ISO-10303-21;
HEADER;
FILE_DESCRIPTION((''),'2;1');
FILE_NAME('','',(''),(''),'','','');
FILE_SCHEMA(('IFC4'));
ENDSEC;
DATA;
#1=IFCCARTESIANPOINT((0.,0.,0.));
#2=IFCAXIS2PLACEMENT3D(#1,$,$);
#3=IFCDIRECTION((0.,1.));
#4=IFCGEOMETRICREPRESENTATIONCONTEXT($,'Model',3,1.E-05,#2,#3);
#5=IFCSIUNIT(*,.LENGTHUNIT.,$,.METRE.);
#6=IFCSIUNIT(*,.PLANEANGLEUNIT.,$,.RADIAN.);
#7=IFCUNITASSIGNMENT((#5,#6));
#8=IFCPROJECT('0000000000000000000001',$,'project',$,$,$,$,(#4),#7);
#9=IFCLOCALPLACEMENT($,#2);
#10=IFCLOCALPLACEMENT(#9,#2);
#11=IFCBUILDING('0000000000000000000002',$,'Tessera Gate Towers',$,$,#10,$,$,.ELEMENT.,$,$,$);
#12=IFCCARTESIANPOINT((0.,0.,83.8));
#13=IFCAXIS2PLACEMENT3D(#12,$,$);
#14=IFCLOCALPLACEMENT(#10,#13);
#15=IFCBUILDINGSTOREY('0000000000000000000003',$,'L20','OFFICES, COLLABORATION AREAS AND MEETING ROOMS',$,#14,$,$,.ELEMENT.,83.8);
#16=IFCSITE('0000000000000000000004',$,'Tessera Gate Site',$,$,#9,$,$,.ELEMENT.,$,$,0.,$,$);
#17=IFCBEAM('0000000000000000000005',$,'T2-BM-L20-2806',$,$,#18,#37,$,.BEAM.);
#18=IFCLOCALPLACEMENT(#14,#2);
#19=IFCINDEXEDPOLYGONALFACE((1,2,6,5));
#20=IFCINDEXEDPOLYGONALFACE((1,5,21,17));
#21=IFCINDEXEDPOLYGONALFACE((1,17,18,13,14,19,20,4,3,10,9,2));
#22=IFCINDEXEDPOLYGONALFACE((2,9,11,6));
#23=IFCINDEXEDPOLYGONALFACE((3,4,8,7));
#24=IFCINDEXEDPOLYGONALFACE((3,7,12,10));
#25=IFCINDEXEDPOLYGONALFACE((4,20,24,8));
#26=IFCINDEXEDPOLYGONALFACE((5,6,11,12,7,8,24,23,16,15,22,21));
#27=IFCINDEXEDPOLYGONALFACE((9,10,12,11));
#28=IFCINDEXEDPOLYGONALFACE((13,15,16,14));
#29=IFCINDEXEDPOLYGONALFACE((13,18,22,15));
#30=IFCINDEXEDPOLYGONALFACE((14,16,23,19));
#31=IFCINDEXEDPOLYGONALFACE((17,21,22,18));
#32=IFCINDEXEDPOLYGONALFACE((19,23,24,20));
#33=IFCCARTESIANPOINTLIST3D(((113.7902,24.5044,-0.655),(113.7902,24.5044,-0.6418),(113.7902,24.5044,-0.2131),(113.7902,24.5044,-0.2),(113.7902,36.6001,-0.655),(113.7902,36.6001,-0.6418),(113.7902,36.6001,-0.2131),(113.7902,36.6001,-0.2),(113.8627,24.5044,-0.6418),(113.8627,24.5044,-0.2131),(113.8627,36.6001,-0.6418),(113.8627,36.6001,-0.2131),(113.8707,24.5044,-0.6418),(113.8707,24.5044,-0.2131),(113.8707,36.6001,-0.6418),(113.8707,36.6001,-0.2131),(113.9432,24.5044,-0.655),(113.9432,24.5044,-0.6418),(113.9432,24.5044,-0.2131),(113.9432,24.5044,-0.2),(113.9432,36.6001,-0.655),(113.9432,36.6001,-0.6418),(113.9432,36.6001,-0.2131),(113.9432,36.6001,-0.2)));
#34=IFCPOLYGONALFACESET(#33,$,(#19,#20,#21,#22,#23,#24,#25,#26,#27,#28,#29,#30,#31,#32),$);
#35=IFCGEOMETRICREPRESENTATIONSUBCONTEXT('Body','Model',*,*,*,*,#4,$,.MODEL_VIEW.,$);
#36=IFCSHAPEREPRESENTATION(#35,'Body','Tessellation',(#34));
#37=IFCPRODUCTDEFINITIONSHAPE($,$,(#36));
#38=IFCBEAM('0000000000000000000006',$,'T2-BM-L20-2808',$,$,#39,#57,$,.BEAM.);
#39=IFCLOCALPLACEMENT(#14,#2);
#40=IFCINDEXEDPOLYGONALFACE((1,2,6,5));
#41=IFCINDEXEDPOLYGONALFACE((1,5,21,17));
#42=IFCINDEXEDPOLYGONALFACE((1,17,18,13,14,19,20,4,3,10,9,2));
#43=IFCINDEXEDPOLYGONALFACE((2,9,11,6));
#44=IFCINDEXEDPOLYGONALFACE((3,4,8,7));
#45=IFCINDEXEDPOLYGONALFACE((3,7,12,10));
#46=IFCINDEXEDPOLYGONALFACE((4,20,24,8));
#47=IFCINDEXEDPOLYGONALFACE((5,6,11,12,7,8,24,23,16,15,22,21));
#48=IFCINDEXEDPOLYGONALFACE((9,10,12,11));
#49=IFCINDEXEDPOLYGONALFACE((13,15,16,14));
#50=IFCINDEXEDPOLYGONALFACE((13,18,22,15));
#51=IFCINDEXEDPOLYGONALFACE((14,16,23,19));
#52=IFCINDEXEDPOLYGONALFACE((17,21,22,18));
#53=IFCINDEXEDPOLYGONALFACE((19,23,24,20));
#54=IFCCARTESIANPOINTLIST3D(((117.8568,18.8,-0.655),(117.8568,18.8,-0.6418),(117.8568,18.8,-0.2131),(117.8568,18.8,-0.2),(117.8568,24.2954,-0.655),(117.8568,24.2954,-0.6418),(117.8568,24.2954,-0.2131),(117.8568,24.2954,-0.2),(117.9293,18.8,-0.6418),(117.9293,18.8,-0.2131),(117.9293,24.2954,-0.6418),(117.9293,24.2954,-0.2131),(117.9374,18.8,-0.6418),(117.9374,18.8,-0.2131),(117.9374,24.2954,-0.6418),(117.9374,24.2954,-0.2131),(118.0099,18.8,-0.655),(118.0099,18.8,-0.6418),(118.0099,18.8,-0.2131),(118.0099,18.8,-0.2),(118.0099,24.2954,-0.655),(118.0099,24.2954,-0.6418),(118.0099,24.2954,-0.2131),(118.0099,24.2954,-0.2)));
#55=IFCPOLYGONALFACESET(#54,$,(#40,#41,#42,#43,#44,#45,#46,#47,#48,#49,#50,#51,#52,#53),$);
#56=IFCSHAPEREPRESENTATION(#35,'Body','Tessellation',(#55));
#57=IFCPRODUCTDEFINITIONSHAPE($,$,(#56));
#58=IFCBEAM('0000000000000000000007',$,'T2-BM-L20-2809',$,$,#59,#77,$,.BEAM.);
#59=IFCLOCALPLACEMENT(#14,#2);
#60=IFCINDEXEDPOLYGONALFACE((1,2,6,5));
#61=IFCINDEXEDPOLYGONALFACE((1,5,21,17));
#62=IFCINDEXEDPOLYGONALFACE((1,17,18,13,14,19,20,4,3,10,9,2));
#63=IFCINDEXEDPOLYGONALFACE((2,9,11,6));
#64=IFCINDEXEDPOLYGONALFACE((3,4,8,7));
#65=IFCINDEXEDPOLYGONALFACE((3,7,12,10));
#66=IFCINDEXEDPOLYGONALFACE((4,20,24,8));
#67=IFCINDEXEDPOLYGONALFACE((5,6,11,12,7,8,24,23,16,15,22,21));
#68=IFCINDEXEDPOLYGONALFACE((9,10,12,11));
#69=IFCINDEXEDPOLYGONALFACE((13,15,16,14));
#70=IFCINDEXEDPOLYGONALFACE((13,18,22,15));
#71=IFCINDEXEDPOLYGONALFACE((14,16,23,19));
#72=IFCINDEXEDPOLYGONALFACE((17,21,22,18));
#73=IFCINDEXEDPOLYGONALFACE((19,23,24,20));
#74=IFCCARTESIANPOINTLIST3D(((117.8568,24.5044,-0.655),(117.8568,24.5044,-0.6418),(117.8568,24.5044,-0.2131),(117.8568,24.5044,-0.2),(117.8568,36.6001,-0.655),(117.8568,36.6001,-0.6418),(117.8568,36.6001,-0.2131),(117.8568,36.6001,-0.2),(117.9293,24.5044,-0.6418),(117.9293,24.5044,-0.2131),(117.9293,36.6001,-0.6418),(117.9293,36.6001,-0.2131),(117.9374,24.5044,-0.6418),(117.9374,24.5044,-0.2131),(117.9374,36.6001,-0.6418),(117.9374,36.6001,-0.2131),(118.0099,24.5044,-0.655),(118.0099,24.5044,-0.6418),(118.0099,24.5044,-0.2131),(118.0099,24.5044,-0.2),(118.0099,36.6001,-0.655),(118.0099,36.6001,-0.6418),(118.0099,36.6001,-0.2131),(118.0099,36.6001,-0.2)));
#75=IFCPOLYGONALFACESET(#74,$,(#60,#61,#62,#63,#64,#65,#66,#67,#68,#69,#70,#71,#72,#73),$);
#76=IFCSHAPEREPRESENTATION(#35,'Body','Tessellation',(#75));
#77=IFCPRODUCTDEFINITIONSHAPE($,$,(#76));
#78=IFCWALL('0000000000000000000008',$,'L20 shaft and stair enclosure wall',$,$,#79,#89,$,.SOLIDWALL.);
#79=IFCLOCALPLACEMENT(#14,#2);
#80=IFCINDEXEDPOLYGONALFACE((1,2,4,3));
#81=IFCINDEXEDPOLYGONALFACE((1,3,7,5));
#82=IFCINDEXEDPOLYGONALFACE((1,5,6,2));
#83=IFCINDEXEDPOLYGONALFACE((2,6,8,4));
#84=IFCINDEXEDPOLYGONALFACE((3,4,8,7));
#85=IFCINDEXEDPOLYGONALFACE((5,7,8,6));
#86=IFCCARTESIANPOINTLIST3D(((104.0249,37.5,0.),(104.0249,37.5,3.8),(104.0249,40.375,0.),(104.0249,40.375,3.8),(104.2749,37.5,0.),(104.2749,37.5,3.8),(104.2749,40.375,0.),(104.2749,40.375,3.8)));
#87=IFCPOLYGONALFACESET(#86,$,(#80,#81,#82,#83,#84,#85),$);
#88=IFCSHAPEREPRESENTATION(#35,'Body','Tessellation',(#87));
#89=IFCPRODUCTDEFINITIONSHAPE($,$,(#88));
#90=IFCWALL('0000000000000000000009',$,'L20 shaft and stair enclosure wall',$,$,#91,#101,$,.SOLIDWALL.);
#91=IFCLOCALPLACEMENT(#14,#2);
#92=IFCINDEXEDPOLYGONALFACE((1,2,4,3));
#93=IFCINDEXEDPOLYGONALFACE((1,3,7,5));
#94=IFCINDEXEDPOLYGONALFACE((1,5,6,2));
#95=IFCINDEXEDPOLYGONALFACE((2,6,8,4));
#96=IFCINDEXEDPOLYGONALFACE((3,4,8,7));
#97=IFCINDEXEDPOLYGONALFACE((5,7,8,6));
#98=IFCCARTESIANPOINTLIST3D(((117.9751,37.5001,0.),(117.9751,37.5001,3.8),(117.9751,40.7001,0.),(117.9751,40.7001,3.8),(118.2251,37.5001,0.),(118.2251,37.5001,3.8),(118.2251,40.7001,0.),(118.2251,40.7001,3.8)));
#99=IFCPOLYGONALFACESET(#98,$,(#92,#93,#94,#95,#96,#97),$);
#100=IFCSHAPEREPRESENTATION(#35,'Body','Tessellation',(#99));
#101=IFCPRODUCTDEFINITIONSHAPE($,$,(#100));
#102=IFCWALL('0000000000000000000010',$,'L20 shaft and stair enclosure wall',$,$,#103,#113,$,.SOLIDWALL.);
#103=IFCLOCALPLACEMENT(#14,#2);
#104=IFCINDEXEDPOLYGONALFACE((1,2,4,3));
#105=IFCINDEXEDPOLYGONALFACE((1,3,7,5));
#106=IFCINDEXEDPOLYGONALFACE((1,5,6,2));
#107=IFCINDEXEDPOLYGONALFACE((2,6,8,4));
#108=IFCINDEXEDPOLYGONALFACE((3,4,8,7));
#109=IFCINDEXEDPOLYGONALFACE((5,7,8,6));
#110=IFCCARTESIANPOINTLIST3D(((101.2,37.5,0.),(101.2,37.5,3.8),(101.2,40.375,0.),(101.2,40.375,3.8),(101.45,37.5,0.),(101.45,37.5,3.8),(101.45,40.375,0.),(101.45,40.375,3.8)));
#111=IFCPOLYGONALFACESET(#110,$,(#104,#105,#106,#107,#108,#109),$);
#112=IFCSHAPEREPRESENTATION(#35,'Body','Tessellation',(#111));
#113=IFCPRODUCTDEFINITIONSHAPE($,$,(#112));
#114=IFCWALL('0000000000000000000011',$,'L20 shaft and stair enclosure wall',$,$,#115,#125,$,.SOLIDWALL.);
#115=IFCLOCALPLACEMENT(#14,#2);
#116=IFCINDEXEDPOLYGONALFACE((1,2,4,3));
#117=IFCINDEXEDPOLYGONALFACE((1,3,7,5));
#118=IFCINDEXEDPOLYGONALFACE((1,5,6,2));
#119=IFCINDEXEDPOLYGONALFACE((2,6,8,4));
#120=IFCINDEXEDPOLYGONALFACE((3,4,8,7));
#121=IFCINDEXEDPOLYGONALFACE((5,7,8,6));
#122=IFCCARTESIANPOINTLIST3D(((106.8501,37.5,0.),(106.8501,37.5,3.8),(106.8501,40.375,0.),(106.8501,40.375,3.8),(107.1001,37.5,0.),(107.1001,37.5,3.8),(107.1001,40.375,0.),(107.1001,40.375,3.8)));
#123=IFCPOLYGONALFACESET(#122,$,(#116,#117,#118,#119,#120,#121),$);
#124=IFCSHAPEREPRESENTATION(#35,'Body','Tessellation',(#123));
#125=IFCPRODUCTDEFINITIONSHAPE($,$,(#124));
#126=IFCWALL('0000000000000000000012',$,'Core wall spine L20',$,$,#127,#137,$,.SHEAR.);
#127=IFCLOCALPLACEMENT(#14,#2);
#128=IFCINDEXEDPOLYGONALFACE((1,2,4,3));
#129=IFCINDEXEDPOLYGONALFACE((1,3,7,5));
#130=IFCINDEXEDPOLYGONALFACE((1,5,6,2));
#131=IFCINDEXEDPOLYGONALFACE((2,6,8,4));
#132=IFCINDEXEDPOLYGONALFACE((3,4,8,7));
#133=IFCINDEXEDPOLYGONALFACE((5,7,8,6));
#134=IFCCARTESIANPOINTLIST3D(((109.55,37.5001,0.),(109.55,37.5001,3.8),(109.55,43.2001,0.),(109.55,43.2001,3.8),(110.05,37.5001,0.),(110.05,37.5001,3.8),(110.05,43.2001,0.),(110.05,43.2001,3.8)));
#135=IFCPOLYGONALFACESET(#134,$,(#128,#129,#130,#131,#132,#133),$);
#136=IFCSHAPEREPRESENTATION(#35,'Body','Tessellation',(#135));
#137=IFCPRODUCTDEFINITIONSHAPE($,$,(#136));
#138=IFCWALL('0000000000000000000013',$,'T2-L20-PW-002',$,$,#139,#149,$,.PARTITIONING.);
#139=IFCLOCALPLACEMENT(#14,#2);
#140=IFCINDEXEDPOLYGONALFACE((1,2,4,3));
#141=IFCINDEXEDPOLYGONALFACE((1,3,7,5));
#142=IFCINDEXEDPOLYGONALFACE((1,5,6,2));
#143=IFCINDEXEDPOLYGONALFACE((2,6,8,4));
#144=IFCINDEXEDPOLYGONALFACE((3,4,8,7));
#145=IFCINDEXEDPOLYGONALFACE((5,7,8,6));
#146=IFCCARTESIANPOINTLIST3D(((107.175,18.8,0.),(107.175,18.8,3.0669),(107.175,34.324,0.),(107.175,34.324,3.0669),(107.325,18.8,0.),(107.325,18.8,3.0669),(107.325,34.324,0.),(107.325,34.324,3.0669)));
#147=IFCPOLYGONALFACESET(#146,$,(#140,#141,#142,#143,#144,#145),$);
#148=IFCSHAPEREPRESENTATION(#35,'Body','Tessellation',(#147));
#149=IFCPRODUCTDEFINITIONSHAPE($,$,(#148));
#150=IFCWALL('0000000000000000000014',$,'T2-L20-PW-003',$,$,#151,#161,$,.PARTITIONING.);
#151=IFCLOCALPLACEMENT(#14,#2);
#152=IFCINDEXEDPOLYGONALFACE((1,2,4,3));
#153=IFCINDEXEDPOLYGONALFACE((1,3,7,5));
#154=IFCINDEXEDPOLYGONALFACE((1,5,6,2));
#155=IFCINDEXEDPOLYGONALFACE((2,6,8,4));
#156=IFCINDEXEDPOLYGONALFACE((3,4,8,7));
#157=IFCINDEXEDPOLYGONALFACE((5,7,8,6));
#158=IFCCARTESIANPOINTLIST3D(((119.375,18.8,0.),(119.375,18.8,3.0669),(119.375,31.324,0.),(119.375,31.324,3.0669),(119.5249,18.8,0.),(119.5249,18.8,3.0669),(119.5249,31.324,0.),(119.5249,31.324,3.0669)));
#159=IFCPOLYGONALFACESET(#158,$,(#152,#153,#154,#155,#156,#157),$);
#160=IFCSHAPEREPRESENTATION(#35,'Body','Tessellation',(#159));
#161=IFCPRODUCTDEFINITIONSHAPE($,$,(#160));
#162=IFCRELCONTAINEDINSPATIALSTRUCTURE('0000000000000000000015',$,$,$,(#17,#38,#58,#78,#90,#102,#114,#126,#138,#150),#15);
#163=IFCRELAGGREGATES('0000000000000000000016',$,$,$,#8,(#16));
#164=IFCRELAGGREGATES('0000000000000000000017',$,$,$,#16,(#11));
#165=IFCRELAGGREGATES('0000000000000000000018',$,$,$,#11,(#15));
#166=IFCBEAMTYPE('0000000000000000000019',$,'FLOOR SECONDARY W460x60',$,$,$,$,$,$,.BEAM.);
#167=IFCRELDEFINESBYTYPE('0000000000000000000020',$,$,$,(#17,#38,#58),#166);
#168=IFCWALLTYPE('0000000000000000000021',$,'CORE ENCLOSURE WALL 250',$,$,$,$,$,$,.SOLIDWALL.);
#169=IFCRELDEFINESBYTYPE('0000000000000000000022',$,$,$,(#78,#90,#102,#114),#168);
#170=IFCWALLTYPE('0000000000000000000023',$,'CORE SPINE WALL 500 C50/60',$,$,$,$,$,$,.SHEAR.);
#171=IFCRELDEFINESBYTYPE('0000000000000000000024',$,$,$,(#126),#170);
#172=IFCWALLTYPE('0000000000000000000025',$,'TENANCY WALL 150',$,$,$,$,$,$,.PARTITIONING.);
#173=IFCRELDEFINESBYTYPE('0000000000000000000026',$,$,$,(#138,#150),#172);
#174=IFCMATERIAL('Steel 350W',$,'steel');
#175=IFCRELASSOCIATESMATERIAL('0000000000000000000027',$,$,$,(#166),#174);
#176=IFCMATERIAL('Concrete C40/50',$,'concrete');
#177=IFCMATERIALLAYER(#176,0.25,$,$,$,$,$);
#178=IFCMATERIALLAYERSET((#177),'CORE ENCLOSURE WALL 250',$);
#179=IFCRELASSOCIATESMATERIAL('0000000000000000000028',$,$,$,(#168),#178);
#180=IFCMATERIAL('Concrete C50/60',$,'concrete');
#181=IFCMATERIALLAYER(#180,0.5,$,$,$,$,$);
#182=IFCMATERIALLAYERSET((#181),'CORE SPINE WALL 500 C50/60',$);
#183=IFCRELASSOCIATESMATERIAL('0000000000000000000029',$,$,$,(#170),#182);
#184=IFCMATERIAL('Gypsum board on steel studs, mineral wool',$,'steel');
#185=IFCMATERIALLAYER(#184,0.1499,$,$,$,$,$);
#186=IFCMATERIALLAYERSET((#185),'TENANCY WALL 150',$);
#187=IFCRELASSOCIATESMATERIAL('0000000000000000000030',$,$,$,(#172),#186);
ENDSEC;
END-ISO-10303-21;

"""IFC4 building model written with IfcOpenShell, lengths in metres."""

from ifc_helpers import new_model, si_unit, direction, frame, frame_2d, origin, origin_2d, place, context, subcontext, project, spatial, rectangle, i_section, extrude, material, layer, layer_set, material_profile, profile_set, type_object, element, save


model = new_model("IFC4")

# Units and contexts
model_context = context("Model", 3, precision=1e-05, world=origin(), true_north=direction((0.0, 1.0)))
body_context = subcontext(model_context, "Body", "Model", "MODEL_VIEW")
ifc_project = project(units=[si_unit("LENGTHUNIT", "METRE"), si_unit("PLANEANGLEUNIT", "RADIAN")], contexts=[model_context])

# Site, building, storey
site_placement = place(None, origin())
site = spatial("IfcSite", under=ifc_project, at=site_placement, Name="Tessera Gate Site", CompositionType="ELEMENT", RefElevation=0.0)
building_placement = place(site_placement, origin())
building = spatial("IfcBuilding", under=site, at=building_placement, Name="Tessera Gate Towers", CompositionType="ELEMENT")
storey_placement = place(building_placement, frame((0.0, 0.0, 83.8)))
storey = spatial("IfcBuildingStorey", under=building, at=storey_placement, Name="L20", Description="OFFICES, COLLABORATION AREAS AND MEETING ROOMS", CompositionType="ELEMENT", Elevation=83.8)

# Beams
ifc_material_1 = material(Name="Steel 350W", Category="steel")
ifc_material_profile_1 = material_profile(ifc_material_1, i_section(OverallWidth=0.1531, OverallDepth=0.4551, WebThickness=0.0081, FlangeThickness=0.0132, at=origin_2d()), Name="W460x60")
ifc_profile_set_1 = profile_set([ifc_material_profile_1], Name="Steel 350W")
beam_type_1 = type_object("IfcBeamType", Name="FLOOR SECONDARY W460x60", PredefinedType="BEAM", material=ifc_profile_set_1)
beam_1_placement = place(storey_placement, frame((113.8667, 24.5044, -0.4275), z_axis=(0.0, 1.0, 0.0), x_axis=(-1.0, 0.0, 0.0)))
element("IfcBeam", 1, at=beam_1_placement, inside=storey, type_object=beam_type_1, Name="T2-BM-L20-2806", PredefinedType="BEAM", context=body_context, shape_type="SweptSolid", body=[
    extrude(i_section(OverallWidth=0.1531, OverallDepth=0.4551, WebThickness=0.0081, FlangeThickness=0.0132, at=origin_2d()), origin(), (0.0, 0.0, 1.0), 12.0957),
])
beam_2_placement = place(storey_placement, frame((117.9333, 18.8, -0.4275), z_axis=(0.0, 1.0, 0.0), x_axis=(-1.0, 0.0, 0.0)))
element("IfcBeam", 2, at=beam_2_placement, inside=storey, type_object=beam_type_1, Name="T2-BM-L20-2808", PredefinedType="BEAM", context=body_context, shape_type="SweptSolid", body=[
    extrude(i_section(OverallWidth=0.1531, OverallDepth=0.4551, WebThickness=0.0081, FlangeThickness=0.0132, at=origin_2d()), origin(), (0.0, 0.0, 1.0), 5.4954),
])
beam_3_placement = place(storey_placement, frame((117.9333, 24.5044, -0.4275), z_axis=(0.0, 1.0, 0.0), x_axis=(-1.0, 0.0, 0.0)))
element("IfcBeam", 3, at=beam_3_placement, inside=storey, type_object=beam_type_1, Name="T2-BM-L20-2809", PredefinedType="BEAM", context=body_context, shape_type="SweptSolid", body=[
    extrude(i_section(OverallWidth=0.1531, OverallDepth=0.4551, WebThickness=0.0081, FlangeThickness=0.0132, at=origin_2d()), origin(), (0.0, 0.0, 1.0), 12.0957),
])

# Walls
ifc_material_2 = material(Name="Concrete C40/50", Category="concrete")
ifc_layer_1 = layer(ifc_material_2, 0.25)
ifc_layer_set_1 = layer_set([ifc_layer_1], Name="CORE ENCLOSURE WALL 250")
wall_type_1 = type_object("IfcWallType", Name="CORE ENCLOSURE WALL 250", PredefinedType="SOLIDWALL", material=ifc_layer_set_1)
wall_1_placement = place(storey_placement, frame((104.1499, 37.5, 0.0), z_axis=(0.0, 0.0, 1.0), x_axis=(0.0, 1.0, 0.0)))
element("IfcWall", 4, at=wall_1_placement, inside=storey, type_object=wall_type_1, Name="L20 shaft and stair enclosure wall", PredefinedType="SOLIDWALL", context=body_context, shape_type="SweptSolid", body=[
    extrude(rectangle(XDim=2.875, YDim=0.25, at=frame_2d((1.4375, 0.0))), origin(), (0.0, 0.0, 1.0), 3.8),
])
wall_2_placement = place(storey_placement, frame((118.1001, 37.5, 0.0), z_axis=(0.0, 0.0, 1.0), x_axis=(0.0, 1.0, 0.0)))
element("IfcWall", 5, at=wall_2_placement, inside=storey, type_object=wall_type_1, Name="L20 shaft and stair enclosure wall", PredefinedType="SOLIDWALL", context=body_context, shape_type="SweptSolid", body=[
    extrude(rectangle(XDim=3.2, YDim=0.25, at=frame_2d((1.6001, 0.0))), origin(), (0.0, 0.0, 1.0), 3.8),
])
for number, where, z_axis, x_axis, name in (
    (6, (101.325, 37.5, 0.0), (0.0, 0.0, 1.0), (0.0, 1.0, 0.0), "L20 shaft and stair enclosure wall"),
    (7, (106.9751, 37.5, 0.0), (0.0, 0.0, 1.0), (0.0, 1.0, 0.0), "L20 shaft and stair enclosure wall"),
):
    element("IfcWall", number, at=place(storey_placement, frame(where, z_axis=z_axis, x_axis=x_axis)), inside=storey, type_object=wall_type_1, Name=name, PredefinedType="SOLIDWALL", context=body_context, shape_type="SweptSolid", body=[
        extrude(rectangle(XDim=2.875, YDim=0.25, at=frame_2d((1.4375, 0.0))), origin(), (0.0, 0.0, 1.0), 3.8),
    ])
ifc_material_3 = material(Name="Concrete C50/60", Category="concrete")
ifc_layer_2 = layer(ifc_material_3, 0.5)
ifc_layer_set_2 = layer_set([ifc_layer_2], Name="CORE SPINE WALL 500 C50/60")
wall_type_2 = type_object("IfcWallType", Name="CORE SPINE WALL 500 C50/60", PredefinedType="SHEAR", material=ifc_layer_set_2)
wall_3_placement = place(storey_placement, frame((109.8, 37.5, 0.0), z_axis=(0.0, 0.0, 1.0), x_axis=(0.0, 1.0, 0.0)))
element("IfcWall", 8, at=wall_3_placement, inside=storey, type_object=wall_type_2, Name="Core wall spine L20", PredefinedType="SHEAR", context=body_context, shape_type="SweptSolid", body=[
    extrude(rectangle(XDim=5.7, YDim=0.5, at=frame_2d((2.8501, 0.0))), origin(), (0.0, 0.0, 1.0), 3.8),
])
ifc_material_4 = material(Name="Gypsum board on steel studs, mineral wool", Category="steel")
ifc_layer_3 = layer(ifc_material_4, 0.1499)
ifc_layer_set_3 = layer_set([ifc_layer_3], Name="TENANCY WALL 150")
wall_type_3 = type_object("IfcWallType", Name="TENANCY WALL 150", PredefinedType="PARTITIONING", material=ifc_layer_set_3)
wall_4_placement = place(storey_placement, frame((107.25, 18.8, 0.0), z_axis=(0.0, 0.0, 1.0), x_axis=(0.0, 1.0, 0.0)))
element("IfcWall", 9, at=wall_4_placement, inside=storey, type_object=wall_type_3, Name="T2-L20-PW-002", PredefinedType="PARTITIONING", context=body_context, shape_type="SweptSolid", body=[
    extrude(rectangle(XDim=15.5239, YDim=0.1499, at=frame_2d((7.762, 0.0))), origin(), (0.0, 0.0, 1.0), 3.0669),
])
wall_5_placement = place(storey_placement, frame((119.45, 18.8, 0.0), z_axis=(0.0, 0.0, 1.0), x_axis=(0.0, 1.0, 0.0)))
element("IfcWall", 10, at=wall_5_placement, inside=storey, type_object=wall_type_3, Name="T2-L20-PW-003", PredefinedType="PARTITIONING", context=body_context, shape_type="SweptSolid", body=[
    extrude(rectangle(XDim=12.5239, YDim=0.1499, at=frame_2d((6.262, 0.0))), origin(), (0.0, 0.0, 1.0), 3.0669),
])

save(model, "model.ifc")
